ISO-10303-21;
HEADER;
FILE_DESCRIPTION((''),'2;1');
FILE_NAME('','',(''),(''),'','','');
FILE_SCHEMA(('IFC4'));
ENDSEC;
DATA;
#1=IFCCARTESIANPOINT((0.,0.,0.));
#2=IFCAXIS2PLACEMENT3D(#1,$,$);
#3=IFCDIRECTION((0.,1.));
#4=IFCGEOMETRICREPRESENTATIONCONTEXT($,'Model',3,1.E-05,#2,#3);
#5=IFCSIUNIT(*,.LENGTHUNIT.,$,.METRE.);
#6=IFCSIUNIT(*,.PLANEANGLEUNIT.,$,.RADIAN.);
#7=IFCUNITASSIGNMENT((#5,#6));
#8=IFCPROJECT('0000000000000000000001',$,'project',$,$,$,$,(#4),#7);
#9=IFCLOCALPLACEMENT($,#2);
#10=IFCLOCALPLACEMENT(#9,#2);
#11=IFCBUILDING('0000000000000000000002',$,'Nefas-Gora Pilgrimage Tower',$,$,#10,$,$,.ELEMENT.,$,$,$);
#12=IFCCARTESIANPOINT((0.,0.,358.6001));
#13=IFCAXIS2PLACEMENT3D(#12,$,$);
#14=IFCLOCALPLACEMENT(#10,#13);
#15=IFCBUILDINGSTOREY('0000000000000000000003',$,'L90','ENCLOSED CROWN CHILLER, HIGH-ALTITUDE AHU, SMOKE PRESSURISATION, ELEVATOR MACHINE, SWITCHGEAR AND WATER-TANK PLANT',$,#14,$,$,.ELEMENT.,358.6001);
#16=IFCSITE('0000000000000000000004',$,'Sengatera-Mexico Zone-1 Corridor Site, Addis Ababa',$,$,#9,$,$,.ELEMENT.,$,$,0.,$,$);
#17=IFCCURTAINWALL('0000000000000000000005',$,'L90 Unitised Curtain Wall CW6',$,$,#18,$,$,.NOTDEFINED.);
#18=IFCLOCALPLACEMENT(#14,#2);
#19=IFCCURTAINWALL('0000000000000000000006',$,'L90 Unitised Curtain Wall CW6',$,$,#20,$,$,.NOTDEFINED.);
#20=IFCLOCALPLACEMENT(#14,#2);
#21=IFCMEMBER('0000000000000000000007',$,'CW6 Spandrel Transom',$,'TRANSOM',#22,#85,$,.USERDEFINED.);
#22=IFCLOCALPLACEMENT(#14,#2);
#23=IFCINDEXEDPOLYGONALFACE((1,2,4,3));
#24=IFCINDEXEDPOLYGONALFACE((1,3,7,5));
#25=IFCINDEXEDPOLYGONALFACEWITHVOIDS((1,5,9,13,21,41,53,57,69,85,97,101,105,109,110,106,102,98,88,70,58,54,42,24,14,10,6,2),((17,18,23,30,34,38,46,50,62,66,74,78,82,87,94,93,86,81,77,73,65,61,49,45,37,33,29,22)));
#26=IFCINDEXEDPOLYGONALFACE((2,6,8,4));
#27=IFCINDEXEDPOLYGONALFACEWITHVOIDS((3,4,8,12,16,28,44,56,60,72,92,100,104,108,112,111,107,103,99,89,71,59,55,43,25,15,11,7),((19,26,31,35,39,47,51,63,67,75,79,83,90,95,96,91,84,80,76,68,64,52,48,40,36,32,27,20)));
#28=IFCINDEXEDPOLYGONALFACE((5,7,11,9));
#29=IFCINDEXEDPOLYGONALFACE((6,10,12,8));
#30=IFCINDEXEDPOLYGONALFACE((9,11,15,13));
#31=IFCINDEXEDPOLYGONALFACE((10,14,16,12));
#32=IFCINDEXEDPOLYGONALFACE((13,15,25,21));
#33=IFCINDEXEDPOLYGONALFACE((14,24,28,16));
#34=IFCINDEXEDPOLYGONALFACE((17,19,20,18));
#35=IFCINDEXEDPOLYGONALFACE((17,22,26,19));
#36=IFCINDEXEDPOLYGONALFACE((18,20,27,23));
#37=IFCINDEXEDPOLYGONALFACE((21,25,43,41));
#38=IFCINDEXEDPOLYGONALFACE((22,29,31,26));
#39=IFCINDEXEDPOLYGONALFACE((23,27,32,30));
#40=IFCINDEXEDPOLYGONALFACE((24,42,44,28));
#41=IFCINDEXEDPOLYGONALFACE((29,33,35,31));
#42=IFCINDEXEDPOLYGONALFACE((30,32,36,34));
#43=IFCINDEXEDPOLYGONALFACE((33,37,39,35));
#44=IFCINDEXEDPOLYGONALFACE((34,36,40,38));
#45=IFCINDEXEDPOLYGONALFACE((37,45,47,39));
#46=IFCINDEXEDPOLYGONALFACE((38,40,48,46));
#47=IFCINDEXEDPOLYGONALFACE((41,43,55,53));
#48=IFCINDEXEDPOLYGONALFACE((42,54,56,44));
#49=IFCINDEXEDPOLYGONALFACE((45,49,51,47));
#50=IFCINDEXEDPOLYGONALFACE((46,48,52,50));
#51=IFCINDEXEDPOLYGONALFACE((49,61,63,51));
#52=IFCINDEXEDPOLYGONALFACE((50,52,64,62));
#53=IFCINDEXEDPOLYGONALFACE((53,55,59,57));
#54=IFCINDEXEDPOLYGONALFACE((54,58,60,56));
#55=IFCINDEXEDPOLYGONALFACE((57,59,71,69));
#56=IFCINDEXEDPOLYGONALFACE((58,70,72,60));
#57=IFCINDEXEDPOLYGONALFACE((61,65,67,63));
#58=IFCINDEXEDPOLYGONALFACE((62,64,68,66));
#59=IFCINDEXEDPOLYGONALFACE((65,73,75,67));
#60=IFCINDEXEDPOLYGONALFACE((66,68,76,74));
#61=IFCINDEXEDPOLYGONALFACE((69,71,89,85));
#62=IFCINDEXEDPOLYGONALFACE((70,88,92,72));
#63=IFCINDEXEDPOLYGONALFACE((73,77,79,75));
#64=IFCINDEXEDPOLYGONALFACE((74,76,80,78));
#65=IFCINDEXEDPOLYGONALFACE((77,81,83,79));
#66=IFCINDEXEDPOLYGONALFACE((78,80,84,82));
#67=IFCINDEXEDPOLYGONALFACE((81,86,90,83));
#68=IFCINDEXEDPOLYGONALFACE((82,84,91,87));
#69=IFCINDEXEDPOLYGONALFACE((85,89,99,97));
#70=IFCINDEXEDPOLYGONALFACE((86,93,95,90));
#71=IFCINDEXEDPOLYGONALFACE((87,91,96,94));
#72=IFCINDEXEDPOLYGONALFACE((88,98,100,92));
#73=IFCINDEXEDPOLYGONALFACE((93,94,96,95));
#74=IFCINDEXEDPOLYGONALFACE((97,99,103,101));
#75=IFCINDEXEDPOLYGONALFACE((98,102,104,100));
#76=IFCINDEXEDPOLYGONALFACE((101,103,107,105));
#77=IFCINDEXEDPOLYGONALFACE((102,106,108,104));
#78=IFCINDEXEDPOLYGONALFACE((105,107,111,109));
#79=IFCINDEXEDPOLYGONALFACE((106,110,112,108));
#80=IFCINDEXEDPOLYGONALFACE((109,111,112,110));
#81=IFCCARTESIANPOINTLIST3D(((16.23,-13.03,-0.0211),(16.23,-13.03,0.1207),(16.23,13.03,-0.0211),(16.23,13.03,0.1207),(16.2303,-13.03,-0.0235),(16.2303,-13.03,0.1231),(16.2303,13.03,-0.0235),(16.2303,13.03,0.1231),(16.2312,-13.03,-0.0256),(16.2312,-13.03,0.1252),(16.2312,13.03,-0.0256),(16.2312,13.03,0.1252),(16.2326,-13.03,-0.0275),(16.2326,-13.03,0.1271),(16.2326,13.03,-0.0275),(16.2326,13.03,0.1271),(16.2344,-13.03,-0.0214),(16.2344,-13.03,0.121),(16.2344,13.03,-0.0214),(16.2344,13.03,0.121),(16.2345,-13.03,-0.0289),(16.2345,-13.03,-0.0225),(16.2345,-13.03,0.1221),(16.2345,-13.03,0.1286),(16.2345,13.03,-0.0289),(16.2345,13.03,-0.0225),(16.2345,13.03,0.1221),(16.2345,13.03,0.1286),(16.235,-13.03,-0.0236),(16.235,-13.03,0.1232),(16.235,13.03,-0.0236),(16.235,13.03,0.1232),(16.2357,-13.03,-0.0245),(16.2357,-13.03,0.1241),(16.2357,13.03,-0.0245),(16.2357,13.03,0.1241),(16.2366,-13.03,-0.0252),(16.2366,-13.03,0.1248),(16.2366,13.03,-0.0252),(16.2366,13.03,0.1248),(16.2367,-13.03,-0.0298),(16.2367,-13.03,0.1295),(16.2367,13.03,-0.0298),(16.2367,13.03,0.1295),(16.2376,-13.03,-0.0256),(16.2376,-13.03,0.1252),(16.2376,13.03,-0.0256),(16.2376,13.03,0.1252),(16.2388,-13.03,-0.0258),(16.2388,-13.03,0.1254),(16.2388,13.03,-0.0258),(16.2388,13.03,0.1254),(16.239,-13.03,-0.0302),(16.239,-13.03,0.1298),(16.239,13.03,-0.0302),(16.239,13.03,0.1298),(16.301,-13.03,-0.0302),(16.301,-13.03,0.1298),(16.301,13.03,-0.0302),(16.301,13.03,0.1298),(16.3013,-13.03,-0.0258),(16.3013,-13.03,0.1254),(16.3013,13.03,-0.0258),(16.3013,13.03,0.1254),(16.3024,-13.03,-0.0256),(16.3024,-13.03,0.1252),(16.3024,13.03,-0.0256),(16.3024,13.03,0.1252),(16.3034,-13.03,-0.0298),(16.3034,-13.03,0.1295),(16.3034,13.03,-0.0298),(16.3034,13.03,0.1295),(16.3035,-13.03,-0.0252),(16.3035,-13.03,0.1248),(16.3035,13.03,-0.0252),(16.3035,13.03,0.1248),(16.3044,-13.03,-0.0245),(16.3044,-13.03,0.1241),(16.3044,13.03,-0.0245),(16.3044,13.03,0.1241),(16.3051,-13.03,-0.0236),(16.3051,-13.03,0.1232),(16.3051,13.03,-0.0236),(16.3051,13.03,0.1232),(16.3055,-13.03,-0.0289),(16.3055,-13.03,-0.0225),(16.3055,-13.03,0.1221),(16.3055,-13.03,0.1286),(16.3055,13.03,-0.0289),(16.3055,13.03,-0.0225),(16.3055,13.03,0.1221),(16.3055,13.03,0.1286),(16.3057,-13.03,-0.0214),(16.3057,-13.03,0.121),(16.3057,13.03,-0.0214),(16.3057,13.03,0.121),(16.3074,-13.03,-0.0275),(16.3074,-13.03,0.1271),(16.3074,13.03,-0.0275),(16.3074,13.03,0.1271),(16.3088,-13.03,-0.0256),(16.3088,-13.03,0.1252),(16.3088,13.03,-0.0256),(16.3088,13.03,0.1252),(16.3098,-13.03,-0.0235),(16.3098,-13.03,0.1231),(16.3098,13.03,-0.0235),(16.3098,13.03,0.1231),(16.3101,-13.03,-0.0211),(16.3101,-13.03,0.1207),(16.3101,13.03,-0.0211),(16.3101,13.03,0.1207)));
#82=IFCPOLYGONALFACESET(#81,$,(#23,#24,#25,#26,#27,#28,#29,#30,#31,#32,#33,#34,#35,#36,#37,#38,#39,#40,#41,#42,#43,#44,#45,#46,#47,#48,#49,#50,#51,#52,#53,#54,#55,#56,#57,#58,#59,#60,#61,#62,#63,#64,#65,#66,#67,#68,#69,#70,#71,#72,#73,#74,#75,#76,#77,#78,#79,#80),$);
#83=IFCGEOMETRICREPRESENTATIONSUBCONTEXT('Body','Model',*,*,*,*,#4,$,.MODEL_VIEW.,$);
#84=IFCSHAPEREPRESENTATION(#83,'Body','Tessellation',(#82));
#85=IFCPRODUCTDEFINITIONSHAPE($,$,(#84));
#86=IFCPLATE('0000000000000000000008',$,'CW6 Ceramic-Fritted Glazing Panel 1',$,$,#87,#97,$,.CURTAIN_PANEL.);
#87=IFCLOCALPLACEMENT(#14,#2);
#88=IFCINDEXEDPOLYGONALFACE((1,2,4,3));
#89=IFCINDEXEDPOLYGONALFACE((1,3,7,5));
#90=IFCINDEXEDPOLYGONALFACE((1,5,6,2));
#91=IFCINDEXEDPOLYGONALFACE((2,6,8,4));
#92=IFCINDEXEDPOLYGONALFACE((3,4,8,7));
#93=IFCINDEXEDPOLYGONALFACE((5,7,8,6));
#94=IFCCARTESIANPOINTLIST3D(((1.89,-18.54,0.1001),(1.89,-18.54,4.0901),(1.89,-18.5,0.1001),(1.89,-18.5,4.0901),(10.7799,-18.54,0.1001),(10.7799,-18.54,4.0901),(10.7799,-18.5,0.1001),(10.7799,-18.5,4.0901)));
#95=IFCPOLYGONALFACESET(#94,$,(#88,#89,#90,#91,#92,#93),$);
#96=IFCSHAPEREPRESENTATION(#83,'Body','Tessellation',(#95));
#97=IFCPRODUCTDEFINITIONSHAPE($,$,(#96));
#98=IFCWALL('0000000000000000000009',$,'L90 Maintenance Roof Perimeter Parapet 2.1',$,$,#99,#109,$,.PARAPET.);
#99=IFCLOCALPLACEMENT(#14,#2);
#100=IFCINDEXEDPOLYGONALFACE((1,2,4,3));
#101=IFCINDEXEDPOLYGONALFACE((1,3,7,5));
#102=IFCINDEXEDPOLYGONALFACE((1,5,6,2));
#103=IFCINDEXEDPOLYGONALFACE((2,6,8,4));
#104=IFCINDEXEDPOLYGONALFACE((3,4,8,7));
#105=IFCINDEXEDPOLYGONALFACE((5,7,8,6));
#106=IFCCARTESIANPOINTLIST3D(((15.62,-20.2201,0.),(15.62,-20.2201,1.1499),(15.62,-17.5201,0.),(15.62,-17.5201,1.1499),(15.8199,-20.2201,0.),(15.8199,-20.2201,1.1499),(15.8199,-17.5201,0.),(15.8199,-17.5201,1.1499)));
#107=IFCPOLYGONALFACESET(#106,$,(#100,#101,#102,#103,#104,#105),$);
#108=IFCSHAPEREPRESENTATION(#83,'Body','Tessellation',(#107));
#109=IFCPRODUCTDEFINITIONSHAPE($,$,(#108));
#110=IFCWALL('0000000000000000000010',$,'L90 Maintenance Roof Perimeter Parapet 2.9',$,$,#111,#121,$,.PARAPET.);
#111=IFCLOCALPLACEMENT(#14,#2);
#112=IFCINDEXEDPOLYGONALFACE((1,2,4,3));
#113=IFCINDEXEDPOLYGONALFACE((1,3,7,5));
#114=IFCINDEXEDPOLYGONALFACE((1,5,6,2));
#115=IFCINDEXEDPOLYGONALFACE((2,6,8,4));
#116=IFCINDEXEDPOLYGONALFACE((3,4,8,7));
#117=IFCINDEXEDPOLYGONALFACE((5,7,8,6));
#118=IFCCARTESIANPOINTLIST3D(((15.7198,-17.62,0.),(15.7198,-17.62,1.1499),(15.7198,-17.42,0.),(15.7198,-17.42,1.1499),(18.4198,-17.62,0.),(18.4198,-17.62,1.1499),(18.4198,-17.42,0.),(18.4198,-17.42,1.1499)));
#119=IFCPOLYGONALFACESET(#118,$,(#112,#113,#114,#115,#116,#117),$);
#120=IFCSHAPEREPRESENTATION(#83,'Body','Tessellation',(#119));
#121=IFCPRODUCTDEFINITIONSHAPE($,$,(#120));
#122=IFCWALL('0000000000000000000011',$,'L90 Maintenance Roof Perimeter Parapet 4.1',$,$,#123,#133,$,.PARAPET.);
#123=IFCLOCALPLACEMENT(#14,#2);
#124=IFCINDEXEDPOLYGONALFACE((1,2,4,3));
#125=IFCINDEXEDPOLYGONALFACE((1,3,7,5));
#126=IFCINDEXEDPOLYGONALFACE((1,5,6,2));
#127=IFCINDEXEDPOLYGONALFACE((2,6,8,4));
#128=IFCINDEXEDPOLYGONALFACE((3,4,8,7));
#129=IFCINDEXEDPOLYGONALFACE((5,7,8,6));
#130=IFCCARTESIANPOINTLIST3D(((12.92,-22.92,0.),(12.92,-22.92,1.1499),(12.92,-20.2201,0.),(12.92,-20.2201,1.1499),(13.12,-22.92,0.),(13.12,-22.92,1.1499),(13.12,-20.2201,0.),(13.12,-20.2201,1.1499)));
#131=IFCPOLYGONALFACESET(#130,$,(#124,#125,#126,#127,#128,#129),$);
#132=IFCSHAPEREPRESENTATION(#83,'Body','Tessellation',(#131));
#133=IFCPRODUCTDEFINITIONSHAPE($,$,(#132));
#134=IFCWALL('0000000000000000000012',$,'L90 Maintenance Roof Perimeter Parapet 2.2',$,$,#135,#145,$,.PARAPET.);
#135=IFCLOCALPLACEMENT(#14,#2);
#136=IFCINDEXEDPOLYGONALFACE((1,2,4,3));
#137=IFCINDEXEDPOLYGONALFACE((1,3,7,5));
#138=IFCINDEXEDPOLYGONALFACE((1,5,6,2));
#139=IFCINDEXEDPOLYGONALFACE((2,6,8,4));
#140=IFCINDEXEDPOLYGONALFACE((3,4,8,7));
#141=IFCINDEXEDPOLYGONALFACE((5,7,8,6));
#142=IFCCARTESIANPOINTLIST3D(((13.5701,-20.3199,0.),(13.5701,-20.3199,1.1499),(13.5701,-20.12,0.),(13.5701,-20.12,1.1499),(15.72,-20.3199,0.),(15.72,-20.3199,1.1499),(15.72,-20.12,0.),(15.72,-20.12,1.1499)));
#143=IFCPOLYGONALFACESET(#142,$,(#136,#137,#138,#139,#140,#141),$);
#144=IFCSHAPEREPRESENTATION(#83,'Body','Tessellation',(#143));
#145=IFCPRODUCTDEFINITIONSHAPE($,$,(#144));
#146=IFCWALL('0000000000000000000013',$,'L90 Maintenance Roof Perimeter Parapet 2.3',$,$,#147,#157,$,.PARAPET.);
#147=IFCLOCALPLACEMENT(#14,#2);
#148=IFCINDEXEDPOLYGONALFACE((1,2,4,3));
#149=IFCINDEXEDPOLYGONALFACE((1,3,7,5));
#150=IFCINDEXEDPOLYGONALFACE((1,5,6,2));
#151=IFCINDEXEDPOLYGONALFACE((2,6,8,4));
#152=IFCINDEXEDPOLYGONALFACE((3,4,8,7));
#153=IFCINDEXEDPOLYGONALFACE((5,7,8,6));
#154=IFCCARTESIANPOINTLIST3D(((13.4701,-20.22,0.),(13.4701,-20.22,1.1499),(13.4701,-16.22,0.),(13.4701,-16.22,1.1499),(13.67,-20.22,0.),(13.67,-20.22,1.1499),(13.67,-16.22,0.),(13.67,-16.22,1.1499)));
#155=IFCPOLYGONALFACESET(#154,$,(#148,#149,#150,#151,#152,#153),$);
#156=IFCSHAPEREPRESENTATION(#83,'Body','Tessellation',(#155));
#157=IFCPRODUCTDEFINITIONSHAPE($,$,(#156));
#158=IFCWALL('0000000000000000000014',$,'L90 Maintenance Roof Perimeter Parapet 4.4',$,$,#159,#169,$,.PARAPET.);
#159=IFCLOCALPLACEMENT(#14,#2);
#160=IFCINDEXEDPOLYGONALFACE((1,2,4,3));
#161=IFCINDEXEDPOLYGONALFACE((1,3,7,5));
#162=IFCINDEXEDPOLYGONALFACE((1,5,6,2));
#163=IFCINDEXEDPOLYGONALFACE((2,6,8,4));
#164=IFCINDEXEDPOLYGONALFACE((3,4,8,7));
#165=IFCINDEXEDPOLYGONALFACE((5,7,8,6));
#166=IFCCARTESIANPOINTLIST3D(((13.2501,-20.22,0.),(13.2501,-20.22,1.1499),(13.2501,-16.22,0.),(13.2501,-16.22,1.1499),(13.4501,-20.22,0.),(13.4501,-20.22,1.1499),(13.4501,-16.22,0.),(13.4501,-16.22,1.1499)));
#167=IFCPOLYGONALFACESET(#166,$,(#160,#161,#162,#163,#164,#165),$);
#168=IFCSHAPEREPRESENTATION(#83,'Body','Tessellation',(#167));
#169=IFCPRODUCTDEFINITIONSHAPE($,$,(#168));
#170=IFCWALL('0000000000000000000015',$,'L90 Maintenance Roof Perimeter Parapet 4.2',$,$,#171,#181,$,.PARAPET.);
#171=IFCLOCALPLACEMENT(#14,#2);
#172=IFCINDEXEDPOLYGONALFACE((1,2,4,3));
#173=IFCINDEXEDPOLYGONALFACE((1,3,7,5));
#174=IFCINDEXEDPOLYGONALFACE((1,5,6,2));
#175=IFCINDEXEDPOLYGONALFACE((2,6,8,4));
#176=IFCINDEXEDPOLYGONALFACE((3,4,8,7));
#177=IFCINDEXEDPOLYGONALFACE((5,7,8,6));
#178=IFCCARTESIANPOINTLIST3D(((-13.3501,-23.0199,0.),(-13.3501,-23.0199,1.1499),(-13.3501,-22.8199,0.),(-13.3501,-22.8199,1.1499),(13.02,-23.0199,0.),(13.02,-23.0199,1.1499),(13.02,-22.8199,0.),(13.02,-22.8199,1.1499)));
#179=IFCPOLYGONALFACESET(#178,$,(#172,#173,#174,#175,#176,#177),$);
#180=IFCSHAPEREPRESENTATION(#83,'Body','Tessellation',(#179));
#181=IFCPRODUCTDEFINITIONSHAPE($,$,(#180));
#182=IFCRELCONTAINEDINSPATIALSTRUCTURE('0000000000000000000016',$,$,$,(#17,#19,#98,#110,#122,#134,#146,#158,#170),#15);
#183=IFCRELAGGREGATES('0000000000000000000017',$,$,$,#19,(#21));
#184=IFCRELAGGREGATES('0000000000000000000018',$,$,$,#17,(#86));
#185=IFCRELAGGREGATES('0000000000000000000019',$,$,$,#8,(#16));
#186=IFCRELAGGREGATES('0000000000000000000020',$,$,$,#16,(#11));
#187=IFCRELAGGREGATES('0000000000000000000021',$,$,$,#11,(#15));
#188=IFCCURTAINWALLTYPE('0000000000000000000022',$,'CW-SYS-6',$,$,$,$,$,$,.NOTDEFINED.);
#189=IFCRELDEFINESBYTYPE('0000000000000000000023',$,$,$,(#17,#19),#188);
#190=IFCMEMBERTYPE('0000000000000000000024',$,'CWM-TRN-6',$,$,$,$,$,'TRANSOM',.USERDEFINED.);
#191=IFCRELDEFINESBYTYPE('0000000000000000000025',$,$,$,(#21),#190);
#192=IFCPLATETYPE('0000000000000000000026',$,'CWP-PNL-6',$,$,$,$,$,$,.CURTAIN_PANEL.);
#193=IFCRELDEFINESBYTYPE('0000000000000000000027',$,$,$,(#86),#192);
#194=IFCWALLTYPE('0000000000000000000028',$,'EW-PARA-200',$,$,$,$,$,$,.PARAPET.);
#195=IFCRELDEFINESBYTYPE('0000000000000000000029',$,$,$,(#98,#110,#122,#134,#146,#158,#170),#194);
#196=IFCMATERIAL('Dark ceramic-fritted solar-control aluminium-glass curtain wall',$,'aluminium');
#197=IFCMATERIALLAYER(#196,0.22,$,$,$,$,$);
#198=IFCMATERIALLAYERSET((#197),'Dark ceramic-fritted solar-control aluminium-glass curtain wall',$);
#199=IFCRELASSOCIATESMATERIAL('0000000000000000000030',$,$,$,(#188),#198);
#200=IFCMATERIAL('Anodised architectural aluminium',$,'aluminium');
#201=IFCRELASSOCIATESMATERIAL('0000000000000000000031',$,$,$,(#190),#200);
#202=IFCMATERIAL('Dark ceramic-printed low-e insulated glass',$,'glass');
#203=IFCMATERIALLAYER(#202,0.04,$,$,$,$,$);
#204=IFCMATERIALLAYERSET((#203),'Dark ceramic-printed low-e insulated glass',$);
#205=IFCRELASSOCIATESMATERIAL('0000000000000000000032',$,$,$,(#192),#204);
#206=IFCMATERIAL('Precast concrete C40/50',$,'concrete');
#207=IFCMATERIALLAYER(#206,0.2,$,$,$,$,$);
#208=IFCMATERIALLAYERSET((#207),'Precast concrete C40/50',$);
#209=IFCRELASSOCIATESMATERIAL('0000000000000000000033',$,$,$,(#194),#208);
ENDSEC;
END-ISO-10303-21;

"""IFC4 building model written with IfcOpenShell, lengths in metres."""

from ifc_helpers import new_model, si_unit, direction, frame, frame_2d, origin, origin_2d, place, context, subcontext, project, spatial, rectangle, hollow_rectangle, extrude, source, transform, mapped, material, layer, layer_set, material_profile, profile_set, type_object, element, aggregate, save


model = new_model("IFC4")

# Units and contexts
model_context = context("Model", 3, precision=1e-05, world=origin(), true_north=direction((0.0, 1.0)))
body_context = subcontext(model_context, "Body", "Model", "MODEL_VIEW")
ifc_project = project(units=[si_unit("LENGTHUNIT", "METRE"), si_unit("PLANEANGLEUNIT", "RADIAN")], contexts=[model_context])

# Site, building, storey
site_placement = place(None, origin())
site = spatial("IfcSite", under=ifc_project, at=site_placement, Name="Sengatera-Mexico Zone-1 Corridor Site, Addis Ababa", CompositionType="ELEMENT", RefElevation=0.0)
building_placement = place(site_placement, origin())
building = spatial("IfcBuilding", under=site, at=building_placement, Name="Nefas-Gora Pilgrimage Tower", CompositionType="ELEMENT")
storey_placement = place(building_placement, frame((0.0, 0.0, 358.6001)))
storey = spatial("IfcBuildingStorey", under=building, at=storey_placement, Name="L90", Description="ENCLOSED CROWN CHILLER, HIGH-ALTITUDE AHU, SMOKE PRESSURISATION, ELEVATOR MACHINE, SWITCHGEAR AND WATER-TANK PLANT", CompositionType="ELEMENT", Elevation=358.6001)

# Curtain wall
ifc_material_1 = material(Name="Dark ceramic-fritted solar-control aluminium-glass curtain wall", Category="aluminium")
ifc_layer_1 = layer(ifc_material_1, 0.22)
ifc_layer_set_1 = layer_set([ifc_layer_1], Name="Dark ceramic-fritted solar-control aluminium-glass curtain wall")
curtain_wall_type = type_object("IfcCurtainWallType", Name="CW-SYS-6", PredefinedType="NOTDEFINED", material=ifc_layer_set_1)
curtain_wall_1_placement = place(storey_placement, origin())
curtain_wall_1 = element("IfcCurtainWall", 1, at=curtain_wall_1_placement, inside=storey, type_object=curtain_wall_type, Name="L90 Unitised Curtain Wall CW6", PredefinedType="NOTDEFINED")
ifc_material_2 = material(Name="Anodised architectural aluminium", Category="aluminium")

# Curtain wall
curtain_wall_2_placement = place(storey_placement, origin())
curtain_wall_2 = element("IfcCurtainWall", 2, at=curtain_wall_2_placement, inside=storey, type_object=curtain_wall_type, Name="L90 Unitised Curtain Wall CW6", PredefinedType="NOTDEFINED")

# Member
ifc_material_profile_1 = material_profile(ifc_material_2, hollow_rectangle(XDim=0.0801, YDim=0.1599, WallThickness=0.0044, InnerFilletRadius=0.0044, OuterFilletRadius=0.009, at=origin_2d()), Name="ALU TRANSOM 80x160")
ifc_profile_set_1 = profile_set([ifc_material_profile_1], Name="Anodised architectural aluminium")
member_type_1 = type_object("IfcMemberType", Name="CWM-TRN-6", ElementType="TRANSOM", PredefinedType="USERDEFINED", material=ifc_profile_set_1)
shared_shape_1 = source(origin(), body_context, "Body", "SweptSolid", [
    extrude(hollow_rectangle(XDim=0.0801, YDim=0.1599, WallThickness=0.0044, InnerFilletRadius=0.0044, OuterFilletRadius=0.009, at=origin_2d()), origin(), (0.0, 0.0, 1.0), 26.0601),
])
member_1_placement = place(storey_placement, frame((16.27, -13.03, 0.0498), z_axis=(0.0, 1.0, 0.0), x_axis=(-1.0, 0.0, 0.0)))
member_1 = element("IfcMember", 3, at=member_1_placement, type_object=member_type_1, Name="CW6 Spandrel Transom", ObjectType="TRANSOM", PredefinedType="USERDEFINED", context=body_context, shape_type="MappedRepresentation", body=[
    mapped(shared_shape_1, transform((0.0, 0.0, 0.0), x_axis=(1.0, 0.0, 0.0), y_axis=(0.0, 1.0, 0.0), z_axis=(0.0, 0.0, 1.0), scale=1.0)),
])
aggregate(curtain_wall_2, [member_1])

# Plate
ifc_material_3 = material(Name="Dark ceramic-printed low-e insulated glass", Category="glass")
ifc_layer_2 = layer(ifc_material_3, 0.04)
ifc_layer_set_2 = layer_set([ifc_layer_2], Name="Dark ceramic-printed low-e insulated glass")
plate_type = type_object("IfcPlateType", Name="CWP-PNL-6", PredefinedType="CURTAIN_PANEL", material=ifc_layer_set_2)
shared_shape_2 = source(origin(), body_context, "Body", "SweptSolid", [
    extrude(rectangle(XDim=8.8899, YDim=0.04, at=origin_2d()), origin(), (0.0, 0.0, 1.0), 3.99),
])
plate_placement = place(storey_placement, frame((6.335, -18.52, 0.1001), z_axis=(0.0, 0.0, 1.0), x_axis=(1.0, 0.0, 0.0)))
plate = element("IfcPlate", 4, at=plate_placement, type_object=plate_type, Name="CW6 Ceramic-Fritted Glazing Panel 1", PredefinedType="CURTAIN_PANEL", context=body_context, shape_type="MappedRepresentation", body=[
    mapped(shared_shape_2, transform((0.0, 0.0, 0.0), x_axis=(1.0, 0.0, 0.0), y_axis=(0.0, 1.0, 0.0), z_axis=(0.0, 0.0, 1.0), scale=1.0)),
])
aggregate(curtain_wall_1, [plate])

# Walls
ifc_material_4 = material(Name="Precast concrete C40/50", Category="concrete")
ifc_layer_3 = layer(ifc_material_4, 0.2)
ifc_layer_set_3 = layer_set([ifc_layer_3], Name="Precast concrete C40/50")
wall_type_1 = type_object("IfcWallType", Name="EW-PARA-200", PredefinedType="PARAPET", material=ifc_layer_set_3)
shared_shape_3 = source(origin(), body_context, "Body", "SweptSolid", [
    extrude(rectangle(XDim=2.7, YDim=0.2, at=frame_2d((1.3501, 0.0))), origin(), (0.0, 0.0, 1.0), 1.1499),
])
for number, where, z_axis, x_axis, name in (
    (5, (15.72, -17.52, 0.0), (0.0, 0.0, 1.0), (0.0, -1.0, 0.0), "L90 Maintenance Roof Perimeter Parapet 2.1"),
    (6, (18.4199, -17.52, 0.0), (0.0, 0.0, 1.0), (-1.0, 0.0, 0.0), "L90 Maintenance Roof Perimeter Parapet 2.9"),
    (7, (13.02, -20.22, 0.0), (0.0, 0.0, 1.0), (0.0, -1.0, 0.0), "L90 Maintenance Roof Perimeter Parapet 4.1"),
):
    element("IfcWall", number, at=place(storey_placement, frame(where, z_axis=z_axis, x_axis=x_axis)), inside=storey, type_object=wall_type_1, Name=name, PredefinedType="PARAPET", context=body_context, shape_type="MappedRepresentation", body=[
        mapped(shared_shape_3, transform((0.0, 0.0, 0.0), x_axis=(1.0, 0.0, 0.0), y_axis=(0.0, 1.0, 0.0), z_axis=(0.0, 0.0, 1.0), scale=1.0)),
    ])
shared_shape_4 = source(origin(), body_context, "Body", "SweptSolid", [
    extrude(rectangle(XDim=2.1499, YDim=0.2, at=frame_2d((1.075, 0.0))), origin(), (0.0, 0.0, 1.0), 1.1499),
])
wall_1_placement = place(storey_placement, frame((15.72, -20.22, 0.0), z_axis=(0.0, 0.0, 1.0), x_axis=(-1.0, 0.0, 0.0)))
element("IfcWall", 8, at=wall_1_placement, inside=storey, type_object=wall_type_1, Name="L90 Maintenance Roof Perimeter Parapet 2.2", PredefinedType="PARAPET", context=body_context, shape_type="MappedRepresentation", body=[
    mapped(shared_shape_4, transform((0.0, 0.0, 0.0), x_axis=(1.0, 0.0, 0.0), y_axis=(0.0, 1.0, 0.0), z_axis=(0.0, 0.0, 1.0), scale=1.0)),
])
shared_shape_5 = source(origin(), body_context, "Body", "SweptSolid", [
    extrude(rectangle(XDim=4.0, YDim=0.2, at=frame_2d((2.0, 0.0))), origin(), (0.0, 0.0, 1.0), 1.1499),
])
for number, where, z_axis, x_axis, name in (
    (9, (13.5701, -20.22, 0.0), (0.0, 0.0, 1.0), (0.0, 1.0, 0.0), "L90 Maintenance Roof Perimeter Parapet 2.3"),
    (10, (13.3501, -16.22, 0.0), (0.0, 0.0, 1.0), (0.0, -1.0, 0.0), "L90 Maintenance Roof Perimeter Parapet 4.4"),
):
    element("IfcWall", number, at=place(storey_placement, frame(where, z_axis=z_axis, x_axis=x_axis)), inside=storey, type_object=wall_type_1, Name=name, PredefinedType="PARAPET", context=body_context, shape_type="MappedRepresentation", body=[
        mapped(shared_shape_5, transform((0.0, 0.0, 0.0), x_axis=(1.0, 0.0, 0.0), y_axis=(0.0, 1.0, 0.0), z_axis=(0.0, 0.0, 1.0), scale=1.0)),
    ])
shared_shape_6 = source(origin(), body_context, "Body", "SweptSolid", [
    extrude(rectangle(XDim=26.3701, YDim=0.2, at=frame_2d((13.1851, 0.0))), origin(), (0.0, 0.0, 1.0), 1.1499),
])
wall_2_placement = place(storey_placement, frame((13.02, -22.9199, 0.0), z_axis=(0.0, 0.0, 1.0), x_axis=(-1.0, 0.0, 0.0)))
element("IfcWall", 11, at=wall_2_placement, inside=storey, type_object=wall_type_1, Name="L90 Maintenance Roof Perimeter Parapet 4.2", PredefinedType="PARAPET", context=body_context, shape_type="MappedRepresentation", body=[
    mapped(shared_shape_6, transform((0.0, 0.0, 0.0), x_axis=(1.0, 0.0, 0.0), y_axis=(0.0, 1.0, 0.0), z_axis=(0.0, 0.0, 1.0), scale=1.0)),
])

save(model, "model.ifc")
